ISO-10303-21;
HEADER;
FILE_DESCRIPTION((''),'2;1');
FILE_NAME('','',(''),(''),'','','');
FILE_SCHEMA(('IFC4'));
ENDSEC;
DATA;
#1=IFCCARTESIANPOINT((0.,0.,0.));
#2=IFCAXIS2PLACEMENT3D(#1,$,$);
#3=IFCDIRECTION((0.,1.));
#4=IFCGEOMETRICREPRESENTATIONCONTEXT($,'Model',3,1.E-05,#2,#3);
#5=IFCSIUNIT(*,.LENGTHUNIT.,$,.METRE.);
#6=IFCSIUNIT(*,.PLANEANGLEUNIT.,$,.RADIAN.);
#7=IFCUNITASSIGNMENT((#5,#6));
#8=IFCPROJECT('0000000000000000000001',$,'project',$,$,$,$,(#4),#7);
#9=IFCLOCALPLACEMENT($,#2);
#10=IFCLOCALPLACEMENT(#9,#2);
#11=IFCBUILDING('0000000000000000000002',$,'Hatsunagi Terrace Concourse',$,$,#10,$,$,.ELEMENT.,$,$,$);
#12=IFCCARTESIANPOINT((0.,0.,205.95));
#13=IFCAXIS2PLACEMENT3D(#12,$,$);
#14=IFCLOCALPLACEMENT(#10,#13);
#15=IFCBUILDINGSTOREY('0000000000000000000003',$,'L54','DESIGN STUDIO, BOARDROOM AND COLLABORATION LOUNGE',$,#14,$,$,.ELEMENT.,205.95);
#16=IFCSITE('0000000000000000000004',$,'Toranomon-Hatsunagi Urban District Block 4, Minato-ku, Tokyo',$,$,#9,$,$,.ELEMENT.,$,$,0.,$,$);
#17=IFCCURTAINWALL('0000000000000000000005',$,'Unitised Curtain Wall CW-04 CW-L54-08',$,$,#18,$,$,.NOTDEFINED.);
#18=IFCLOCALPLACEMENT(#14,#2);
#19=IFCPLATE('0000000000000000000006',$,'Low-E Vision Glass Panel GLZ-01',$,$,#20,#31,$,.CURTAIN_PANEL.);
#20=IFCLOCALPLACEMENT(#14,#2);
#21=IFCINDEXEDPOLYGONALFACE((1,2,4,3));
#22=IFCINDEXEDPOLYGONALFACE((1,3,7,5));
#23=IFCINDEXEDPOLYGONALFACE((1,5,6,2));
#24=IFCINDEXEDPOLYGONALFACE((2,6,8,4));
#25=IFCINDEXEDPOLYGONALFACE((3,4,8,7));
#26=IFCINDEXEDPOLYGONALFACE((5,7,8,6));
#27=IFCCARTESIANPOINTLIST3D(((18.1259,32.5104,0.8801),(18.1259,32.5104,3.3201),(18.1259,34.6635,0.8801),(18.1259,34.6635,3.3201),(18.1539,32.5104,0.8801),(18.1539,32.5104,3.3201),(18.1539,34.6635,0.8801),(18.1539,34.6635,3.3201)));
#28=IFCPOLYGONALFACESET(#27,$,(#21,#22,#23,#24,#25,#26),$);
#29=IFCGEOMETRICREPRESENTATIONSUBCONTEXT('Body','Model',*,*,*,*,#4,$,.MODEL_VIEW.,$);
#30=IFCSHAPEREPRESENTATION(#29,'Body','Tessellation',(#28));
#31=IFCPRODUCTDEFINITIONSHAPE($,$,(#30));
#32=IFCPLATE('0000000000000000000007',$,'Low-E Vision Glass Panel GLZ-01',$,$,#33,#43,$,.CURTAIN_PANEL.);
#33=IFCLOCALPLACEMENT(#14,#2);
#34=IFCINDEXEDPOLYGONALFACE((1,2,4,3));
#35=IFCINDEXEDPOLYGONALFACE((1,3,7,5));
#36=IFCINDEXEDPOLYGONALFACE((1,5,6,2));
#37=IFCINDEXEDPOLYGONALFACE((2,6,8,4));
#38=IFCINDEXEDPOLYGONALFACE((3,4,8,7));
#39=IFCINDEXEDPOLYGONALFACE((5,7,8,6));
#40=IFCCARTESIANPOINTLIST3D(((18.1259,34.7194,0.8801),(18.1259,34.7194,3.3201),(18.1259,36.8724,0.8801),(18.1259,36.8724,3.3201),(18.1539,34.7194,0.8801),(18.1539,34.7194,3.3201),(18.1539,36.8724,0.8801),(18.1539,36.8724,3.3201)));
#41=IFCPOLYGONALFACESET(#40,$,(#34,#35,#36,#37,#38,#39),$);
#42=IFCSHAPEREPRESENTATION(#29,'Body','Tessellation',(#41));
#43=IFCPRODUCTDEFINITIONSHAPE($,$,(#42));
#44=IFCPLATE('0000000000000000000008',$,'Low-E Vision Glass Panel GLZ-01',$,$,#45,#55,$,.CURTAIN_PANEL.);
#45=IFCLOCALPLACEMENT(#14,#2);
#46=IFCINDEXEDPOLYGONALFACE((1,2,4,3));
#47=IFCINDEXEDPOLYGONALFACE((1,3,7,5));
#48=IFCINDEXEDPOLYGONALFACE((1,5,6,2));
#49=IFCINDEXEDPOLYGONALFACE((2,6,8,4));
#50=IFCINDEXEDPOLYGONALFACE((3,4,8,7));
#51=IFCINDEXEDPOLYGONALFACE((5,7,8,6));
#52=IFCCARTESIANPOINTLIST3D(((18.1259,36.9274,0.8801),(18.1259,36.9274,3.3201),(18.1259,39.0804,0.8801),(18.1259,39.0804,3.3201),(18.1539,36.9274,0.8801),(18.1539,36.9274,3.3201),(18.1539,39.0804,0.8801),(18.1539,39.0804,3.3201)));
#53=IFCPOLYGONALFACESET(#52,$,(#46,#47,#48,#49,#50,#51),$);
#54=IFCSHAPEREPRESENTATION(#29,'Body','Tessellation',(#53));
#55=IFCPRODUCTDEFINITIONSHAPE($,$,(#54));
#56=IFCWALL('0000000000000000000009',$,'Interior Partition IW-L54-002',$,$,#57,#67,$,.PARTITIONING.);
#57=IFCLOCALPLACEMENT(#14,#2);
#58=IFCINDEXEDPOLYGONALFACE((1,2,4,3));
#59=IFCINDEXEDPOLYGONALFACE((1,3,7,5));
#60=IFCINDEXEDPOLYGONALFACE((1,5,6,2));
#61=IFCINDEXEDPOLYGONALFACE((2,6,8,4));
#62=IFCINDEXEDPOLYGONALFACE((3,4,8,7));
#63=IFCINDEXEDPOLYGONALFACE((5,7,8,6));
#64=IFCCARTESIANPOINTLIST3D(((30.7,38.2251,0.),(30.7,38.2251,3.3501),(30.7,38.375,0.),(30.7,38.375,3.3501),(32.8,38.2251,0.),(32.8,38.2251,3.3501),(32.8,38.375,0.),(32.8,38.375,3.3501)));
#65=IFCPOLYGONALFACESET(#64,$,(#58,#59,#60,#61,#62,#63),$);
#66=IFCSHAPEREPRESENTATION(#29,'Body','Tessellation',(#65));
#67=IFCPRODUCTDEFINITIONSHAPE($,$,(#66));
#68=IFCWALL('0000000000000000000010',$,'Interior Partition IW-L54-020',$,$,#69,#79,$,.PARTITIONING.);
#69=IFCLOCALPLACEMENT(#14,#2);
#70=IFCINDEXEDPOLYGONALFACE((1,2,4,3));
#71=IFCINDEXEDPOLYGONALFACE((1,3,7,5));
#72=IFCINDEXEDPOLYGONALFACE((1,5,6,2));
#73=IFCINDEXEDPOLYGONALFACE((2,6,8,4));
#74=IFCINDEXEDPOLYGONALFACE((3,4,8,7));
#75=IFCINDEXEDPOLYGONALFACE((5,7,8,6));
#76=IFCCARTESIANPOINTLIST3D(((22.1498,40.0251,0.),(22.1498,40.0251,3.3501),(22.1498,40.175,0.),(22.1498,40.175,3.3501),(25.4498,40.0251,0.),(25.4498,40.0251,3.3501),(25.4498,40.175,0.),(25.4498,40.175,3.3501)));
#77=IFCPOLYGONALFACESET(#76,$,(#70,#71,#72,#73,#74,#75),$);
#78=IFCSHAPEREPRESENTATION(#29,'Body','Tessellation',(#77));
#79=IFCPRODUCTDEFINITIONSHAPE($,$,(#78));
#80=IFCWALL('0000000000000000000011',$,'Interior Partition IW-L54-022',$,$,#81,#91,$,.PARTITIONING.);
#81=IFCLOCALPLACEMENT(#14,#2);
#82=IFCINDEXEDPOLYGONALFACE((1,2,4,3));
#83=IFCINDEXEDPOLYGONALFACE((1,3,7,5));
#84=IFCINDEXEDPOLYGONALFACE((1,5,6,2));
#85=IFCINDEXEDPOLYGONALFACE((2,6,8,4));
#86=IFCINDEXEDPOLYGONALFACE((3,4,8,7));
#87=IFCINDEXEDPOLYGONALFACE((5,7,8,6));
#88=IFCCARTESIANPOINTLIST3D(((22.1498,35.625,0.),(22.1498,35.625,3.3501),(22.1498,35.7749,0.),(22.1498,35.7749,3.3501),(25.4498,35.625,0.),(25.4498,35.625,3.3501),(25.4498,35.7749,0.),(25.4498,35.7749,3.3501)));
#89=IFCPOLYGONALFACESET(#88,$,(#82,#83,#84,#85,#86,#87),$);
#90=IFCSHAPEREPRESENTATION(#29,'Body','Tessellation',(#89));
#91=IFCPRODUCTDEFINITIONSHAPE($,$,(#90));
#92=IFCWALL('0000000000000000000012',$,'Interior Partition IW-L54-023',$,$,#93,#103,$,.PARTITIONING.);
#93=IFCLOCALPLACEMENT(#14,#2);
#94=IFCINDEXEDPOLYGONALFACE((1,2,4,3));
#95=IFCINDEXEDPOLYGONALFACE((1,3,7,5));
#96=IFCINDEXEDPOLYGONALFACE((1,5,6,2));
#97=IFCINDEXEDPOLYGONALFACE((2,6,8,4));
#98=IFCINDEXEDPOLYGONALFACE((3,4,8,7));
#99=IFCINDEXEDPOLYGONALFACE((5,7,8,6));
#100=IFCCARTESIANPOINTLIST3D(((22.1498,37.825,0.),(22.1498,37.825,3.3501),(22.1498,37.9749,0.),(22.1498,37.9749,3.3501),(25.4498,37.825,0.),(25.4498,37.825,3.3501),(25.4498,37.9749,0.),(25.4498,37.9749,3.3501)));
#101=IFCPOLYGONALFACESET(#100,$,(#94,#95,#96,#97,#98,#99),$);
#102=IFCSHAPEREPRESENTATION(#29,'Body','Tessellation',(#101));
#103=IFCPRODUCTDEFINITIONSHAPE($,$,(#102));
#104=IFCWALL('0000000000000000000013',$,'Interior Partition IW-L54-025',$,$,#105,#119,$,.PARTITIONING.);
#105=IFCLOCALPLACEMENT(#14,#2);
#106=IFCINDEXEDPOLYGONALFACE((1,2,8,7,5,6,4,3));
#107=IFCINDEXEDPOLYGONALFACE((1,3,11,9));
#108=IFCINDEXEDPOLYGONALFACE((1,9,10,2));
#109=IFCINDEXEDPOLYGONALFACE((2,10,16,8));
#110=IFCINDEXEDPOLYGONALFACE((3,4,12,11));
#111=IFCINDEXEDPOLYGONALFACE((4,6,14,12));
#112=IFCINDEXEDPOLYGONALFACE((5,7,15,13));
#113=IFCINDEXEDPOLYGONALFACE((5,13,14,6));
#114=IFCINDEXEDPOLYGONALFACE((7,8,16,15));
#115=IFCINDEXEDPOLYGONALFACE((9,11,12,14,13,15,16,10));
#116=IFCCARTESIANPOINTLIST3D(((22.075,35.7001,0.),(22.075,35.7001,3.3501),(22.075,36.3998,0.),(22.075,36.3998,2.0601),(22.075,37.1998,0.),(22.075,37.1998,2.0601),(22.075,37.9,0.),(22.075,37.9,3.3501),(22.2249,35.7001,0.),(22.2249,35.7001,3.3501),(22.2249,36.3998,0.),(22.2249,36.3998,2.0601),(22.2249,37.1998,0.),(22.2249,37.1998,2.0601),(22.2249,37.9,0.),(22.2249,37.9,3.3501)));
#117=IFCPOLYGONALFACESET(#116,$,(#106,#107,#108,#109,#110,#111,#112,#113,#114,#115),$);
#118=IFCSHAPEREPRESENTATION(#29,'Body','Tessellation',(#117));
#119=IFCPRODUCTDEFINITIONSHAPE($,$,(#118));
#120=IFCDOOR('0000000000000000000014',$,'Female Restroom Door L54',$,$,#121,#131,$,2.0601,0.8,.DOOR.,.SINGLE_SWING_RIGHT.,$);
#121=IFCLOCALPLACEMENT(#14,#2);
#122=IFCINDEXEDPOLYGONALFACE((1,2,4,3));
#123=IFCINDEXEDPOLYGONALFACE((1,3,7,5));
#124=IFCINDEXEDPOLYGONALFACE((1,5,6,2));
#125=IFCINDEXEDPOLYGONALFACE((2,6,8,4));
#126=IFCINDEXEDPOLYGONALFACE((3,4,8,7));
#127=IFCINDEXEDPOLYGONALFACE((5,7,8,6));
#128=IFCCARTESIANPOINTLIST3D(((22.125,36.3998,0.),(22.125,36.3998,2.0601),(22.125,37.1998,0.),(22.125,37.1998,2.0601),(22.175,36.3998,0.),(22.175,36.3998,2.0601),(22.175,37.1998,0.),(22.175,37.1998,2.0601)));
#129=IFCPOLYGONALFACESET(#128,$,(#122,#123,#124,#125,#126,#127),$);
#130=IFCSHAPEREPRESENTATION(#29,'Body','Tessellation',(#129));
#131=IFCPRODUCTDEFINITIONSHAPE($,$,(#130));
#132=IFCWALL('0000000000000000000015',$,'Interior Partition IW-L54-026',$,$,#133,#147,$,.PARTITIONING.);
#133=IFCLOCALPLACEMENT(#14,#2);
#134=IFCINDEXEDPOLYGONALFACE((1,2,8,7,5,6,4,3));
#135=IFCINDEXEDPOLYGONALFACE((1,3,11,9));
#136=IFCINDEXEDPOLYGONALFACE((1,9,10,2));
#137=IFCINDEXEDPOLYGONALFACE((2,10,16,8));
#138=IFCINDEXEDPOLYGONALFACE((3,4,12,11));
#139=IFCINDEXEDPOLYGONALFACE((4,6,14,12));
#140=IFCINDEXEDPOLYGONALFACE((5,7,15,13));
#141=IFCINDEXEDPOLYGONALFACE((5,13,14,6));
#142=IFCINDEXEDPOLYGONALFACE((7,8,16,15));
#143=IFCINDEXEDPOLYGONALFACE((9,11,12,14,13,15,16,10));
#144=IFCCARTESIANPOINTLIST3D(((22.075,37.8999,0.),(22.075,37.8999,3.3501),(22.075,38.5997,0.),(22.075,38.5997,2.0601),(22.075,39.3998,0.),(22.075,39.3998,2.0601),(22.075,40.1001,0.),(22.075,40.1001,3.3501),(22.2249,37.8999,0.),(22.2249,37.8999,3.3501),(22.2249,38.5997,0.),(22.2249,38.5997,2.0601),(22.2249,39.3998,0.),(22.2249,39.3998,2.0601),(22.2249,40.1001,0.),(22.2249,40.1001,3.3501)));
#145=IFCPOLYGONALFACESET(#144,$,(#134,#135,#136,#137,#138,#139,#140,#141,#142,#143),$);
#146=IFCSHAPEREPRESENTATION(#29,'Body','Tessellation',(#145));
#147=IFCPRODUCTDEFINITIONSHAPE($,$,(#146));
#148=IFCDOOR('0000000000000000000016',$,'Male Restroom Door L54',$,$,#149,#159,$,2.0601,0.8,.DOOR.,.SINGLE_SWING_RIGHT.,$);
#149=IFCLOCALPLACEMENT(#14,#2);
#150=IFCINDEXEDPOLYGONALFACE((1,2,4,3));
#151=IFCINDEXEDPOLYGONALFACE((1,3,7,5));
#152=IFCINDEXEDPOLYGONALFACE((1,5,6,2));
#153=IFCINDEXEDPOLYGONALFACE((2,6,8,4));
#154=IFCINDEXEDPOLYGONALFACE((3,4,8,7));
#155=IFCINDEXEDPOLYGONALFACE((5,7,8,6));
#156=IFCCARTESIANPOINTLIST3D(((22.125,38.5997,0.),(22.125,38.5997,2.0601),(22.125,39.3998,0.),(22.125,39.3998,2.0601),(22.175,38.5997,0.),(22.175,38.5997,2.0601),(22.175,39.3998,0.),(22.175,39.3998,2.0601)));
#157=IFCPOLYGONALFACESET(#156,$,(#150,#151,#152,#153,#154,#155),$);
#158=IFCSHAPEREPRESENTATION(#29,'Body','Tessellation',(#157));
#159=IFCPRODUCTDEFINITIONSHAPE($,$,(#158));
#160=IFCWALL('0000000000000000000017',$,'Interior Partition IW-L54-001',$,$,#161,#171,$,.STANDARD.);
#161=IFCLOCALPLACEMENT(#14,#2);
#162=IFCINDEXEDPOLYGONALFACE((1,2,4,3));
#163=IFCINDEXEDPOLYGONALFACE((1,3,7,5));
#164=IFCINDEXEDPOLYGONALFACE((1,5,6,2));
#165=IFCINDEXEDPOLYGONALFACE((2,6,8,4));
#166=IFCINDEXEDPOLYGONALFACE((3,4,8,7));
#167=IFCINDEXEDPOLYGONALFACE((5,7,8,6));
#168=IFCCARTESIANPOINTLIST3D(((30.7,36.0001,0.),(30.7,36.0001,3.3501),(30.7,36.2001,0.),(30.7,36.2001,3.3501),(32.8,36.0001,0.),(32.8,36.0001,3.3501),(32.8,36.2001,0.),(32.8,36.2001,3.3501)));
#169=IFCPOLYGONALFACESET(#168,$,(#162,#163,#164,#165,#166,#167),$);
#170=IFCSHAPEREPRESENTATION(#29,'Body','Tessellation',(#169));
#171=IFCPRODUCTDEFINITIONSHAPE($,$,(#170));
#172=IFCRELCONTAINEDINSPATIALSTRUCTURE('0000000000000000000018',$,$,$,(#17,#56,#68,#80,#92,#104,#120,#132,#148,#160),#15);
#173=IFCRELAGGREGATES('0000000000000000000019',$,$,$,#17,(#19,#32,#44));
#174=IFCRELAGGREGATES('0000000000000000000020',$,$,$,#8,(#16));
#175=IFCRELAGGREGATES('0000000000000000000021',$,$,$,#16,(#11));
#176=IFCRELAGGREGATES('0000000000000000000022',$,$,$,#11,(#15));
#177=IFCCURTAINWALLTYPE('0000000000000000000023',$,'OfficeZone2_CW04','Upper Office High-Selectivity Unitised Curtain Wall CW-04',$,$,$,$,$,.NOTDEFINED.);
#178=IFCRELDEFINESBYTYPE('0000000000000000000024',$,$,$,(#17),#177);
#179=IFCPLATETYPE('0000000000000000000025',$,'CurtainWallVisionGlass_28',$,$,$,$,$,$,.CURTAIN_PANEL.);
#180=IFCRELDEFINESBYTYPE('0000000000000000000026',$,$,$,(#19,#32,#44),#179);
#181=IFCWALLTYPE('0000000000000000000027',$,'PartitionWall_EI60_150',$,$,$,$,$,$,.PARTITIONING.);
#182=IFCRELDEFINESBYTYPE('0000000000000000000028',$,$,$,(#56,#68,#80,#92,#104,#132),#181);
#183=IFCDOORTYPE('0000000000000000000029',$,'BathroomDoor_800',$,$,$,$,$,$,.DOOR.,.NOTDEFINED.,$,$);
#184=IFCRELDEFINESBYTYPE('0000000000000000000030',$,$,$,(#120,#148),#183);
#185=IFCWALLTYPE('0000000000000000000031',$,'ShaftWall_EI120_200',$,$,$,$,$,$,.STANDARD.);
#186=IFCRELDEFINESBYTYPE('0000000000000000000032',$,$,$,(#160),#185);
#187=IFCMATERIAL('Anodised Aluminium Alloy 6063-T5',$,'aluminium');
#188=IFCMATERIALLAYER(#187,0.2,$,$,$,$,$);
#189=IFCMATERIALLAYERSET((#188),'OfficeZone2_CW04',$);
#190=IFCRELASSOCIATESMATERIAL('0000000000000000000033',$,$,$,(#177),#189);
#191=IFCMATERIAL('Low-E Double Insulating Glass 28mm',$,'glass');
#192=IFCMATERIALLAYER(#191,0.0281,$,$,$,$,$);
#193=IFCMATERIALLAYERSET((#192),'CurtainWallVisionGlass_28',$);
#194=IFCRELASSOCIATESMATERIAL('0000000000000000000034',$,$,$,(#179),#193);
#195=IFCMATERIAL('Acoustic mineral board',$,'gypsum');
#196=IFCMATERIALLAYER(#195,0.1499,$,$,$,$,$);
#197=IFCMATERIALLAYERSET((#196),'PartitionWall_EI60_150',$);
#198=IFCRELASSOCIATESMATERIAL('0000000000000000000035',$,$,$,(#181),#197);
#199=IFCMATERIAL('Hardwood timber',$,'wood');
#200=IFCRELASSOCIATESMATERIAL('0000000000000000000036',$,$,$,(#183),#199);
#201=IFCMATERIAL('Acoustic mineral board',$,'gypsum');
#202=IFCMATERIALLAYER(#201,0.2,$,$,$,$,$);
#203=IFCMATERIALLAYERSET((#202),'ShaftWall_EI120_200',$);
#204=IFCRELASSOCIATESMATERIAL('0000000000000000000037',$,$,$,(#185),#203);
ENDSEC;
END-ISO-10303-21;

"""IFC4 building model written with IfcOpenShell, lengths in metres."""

from ifc_helpers import new_model, si_unit, direction, frame, frame_2d, origin, origin_2d, place, context, subcontext, project, spatial, rectangle, extrude, material, layer, layer_set, type_object, element, fill, aggregate, save


model = new_model("IFC4")

# Units and contexts
model_context = context("Model", 3, precision=1e-05, world=origin(), true_north=direction((0.0, 1.0)))
body_context = subcontext(model_context, "Body", "Model", "MODEL_VIEW")
ifc_project = project(units=[si_unit("LENGTHUNIT", "METRE"), si_unit("PLANEANGLEUNIT", "RADIAN")], contexts=[model_context])

# Site, building, storey
site_placement = place(None, origin())
site = spatial("IfcSite", under=ifc_project, at=site_placement, Name="Toranomon-Hatsunagi Urban District Block 4, Minato-ku, Tokyo", CompositionType="ELEMENT", RefElevation=0.0)
building_placement = place(site_placement, origin())
building = spatial("IfcBuilding", under=site, at=building_placement, Name="Hatsunagi Terrace Concourse", CompositionType="ELEMENT")
storey_placement = place(building_placement, frame((0.0, 0.0, 205.95)))
storey = spatial("IfcBuildingStorey", under=building, at=storey_placement, Name="L54", Description="DESIGN STUDIO, BOARDROOM AND COLLABORATION LOUNGE", CompositionType="ELEMENT", Elevation=205.95)

# Curtain wall
ifc_material_1 = material(Name="Anodised Aluminium Alloy 6063-T5", Category="aluminium")
ifc_layer_1 = layer(ifc_material_1, 0.2)
ifc_layer_set_1 = layer_set([ifc_layer_1], Name="OfficeZone2_CW04")
curtain_wall_type = type_object("IfcCurtainWallType", Name="OfficeZone2_CW04", Description="Upper Office High-Selectivity Unitised Curtain Wall CW-04", PredefinedType="NOTDEFINED", material=ifc_layer_set_1)
curtain_wall_placement = place(storey_placement, origin())
curtain_wall = element("IfcCurtainWall", 1, at=curtain_wall_placement, inside=storey, type_object=curtain_wall_type, Name="Unitised Curtain Wall CW-04 CW-L54-08", PredefinedType="NOTDEFINED")

# Plates
ifc_material_2 = material(Name="Low-E Double Insulating Glass 28mm", Category="glass")
ifc_layer_2 = layer(ifc_material_2, 0.0281)
ifc_layer_set_2 = layer_set([ifc_layer_2], Name="CurtainWallVisionGlass_28")
plate_type_1 = type_object("IfcPlateType", Name="CurtainWallVisionGlass_28", PredefinedType="CURTAIN_PANEL", material=ifc_layer_set_2)
plate_1_placement = place(storey_placement, frame((18.1399, 33.5869, 0.8801), z_axis=(0.0, 0.0, 1.0), x_axis=(0.0, 1.0, 0.0)))
plate_1 = element("IfcPlate", 2, at=plate_1_placement, type_object=plate_type_1, Name="Low-E Vision Glass Panel GLZ-01", PredefinedType="CURTAIN_PANEL", context=body_context, shape_type="SweptSolid", body=[
    extrude(rectangle(XDim=2.1531, YDim=0.0281, at=origin_2d()), origin(), (0.0, 0.0, 1.0), 2.4399),
])
plate_2_placement = place(storey_placement, frame((18.1399, 35.7959, 0.8801), z_axis=(0.0, 0.0, 1.0), x_axis=(0.0, 1.0, 0.0)))
plate_2 = element("IfcPlate", 3, at=plate_2_placement, type_object=plate_type_1, Name="Low-E Vision Glass Panel GLZ-01", PredefinedType="CURTAIN_PANEL", context=body_context, shape_type="SweptSolid", body=[
    extrude(rectangle(XDim=2.1531, YDim=0.0281, at=origin_2d()), origin(), (0.0, 0.0, 1.0), 2.4399),
])
plate_3_placement = place(storey_placement, frame((18.1399, 38.0039, 0.8801), z_axis=(0.0, 0.0, 1.0), x_axis=(0.0, 1.0, 0.0)))
plate_3 = element("IfcPlate", 4, at=plate_3_placement, type_object=plate_type_1, Name="Low-E Vision Glass Panel GLZ-01", PredefinedType="CURTAIN_PANEL", context=body_context, shape_type="SweptSolid", body=[
    extrude(rectangle(XDim=2.1531, YDim=0.0281, at=origin_2d()), origin(), (0.0, 0.0, 1.0), 2.4399),
])
aggregate(curtain_wall, [plate_1, plate_2, plate_3])

# Walls
ifc_material_3 = material(Name="Acoustic mineral board", Category="gypsum")
ifc_layer_3 = layer(ifc_material_3, 0.1499)
ifc_layer_set_3 = layer_set([ifc_layer_3], Name="PartitionWall_EI60_150")
wall_type_1 = type_object("IfcWallType", Name="PartitionWall_EI60_150", PredefinedType="PARTITIONING", material=ifc_layer_set_3)
wall_1_placement = place(storey_placement, frame((30.7, 38.3, 0.0), z_axis=(0.0, 0.0, 1.0), x_axis=(1.0, 0.0, 0.0)))
element("IfcWall", 5, at=wall_1_placement, inside=storey, type_object=wall_type_1, Name="Interior Partition IW-L54-002", PredefinedType="PARTITIONING", context=body_context, shape_type="SweptSolid", body=[
    extrude(rectangle(XDim=2.1001, YDim=0.1499, at=frame_2d((1.05, 0.0))), origin(), (0.0, 0.0, 1.0), 3.3501),
])
for number, where, z_axis, x_axis, name in (
    (6, (22.1499, 40.1001, 0.0), (0.0, 0.0, 1.0), (1.0, 0.0, 0.0), "Interior Partition IW-L54-020"),
    (7, (22.1499, 35.7, 0.0), (0.0, 0.0, 1.0), (1.0, 0.0, 0.0), "Interior Partition IW-L54-022"),
    (8, (22.1499, 37.8999, 0.0), (0.0, 0.0, 1.0), (1.0, 0.0, 0.0), "Interior Partition IW-L54-023"),
):
    element("IfcWall", number, at=place(storey_placement, frame(where, z_axis=z_axis, x_axis=x_axis)), inside=storey, type_object=wall_type_1, Name=name, PredefinedType="PARTITIONING", context=body_context, shape_type="SweptSolid", body=[
        extrude(rectangle(XDim=3.3, YDim=0.1499, at=frame_2d((1.6499, 0.0))), origin(), (0.0, 0.0, 1.0), 3.3501),
    ])

# Walls, openings, doors
wall_2_placement = place(storey_placement, frame((22.1499, 35.7, 0.0), z_axis=(0.0, 0.0, 1.0), x_axis=(0.0, 1.0, 0.0)))
wall_2 = element("IfcWall", 9, at=wall_2_placement, inside=storey, type_object=wall_type_1, Name="Interior Partition IW-L54-025", PredefinedType="PARTITIONING", context=body_context, shape_type="SweptSolid", body=[
    extrude(rectangle(XDim=2.2, YDim=0.1499, at=frame_2d((1.1001, 0.0))), origin(), (0.0, 0.0, 1.0), 3.3501),
])
opening_1_placement = place(wall_2_placement, frame((0.7, 0.0, 0.0)))
opening_1 = element("IfcOpeningElement", 10, at=opening_1_placement, cuts=wall_2, PredefinedType="OPENING", context=body_context, shape_type="SweptSolid", body=[
    extrude(rectangle(XDim=0.8, YDim=2.0601, at=frame_2d((0.3999, 1.03))), frame((0.0, 0.085, 0.0), z_axis=(0.0, -1.0, 0.0), x_axis=(1.0, 0.0, 0.0)), (0.0, 0.0, 1.0), 0.1699),
])
ifc_material_4 = material(Name="Hardwood timber", Category="wood")
door_type = type_object("IfcDoorType", Name="BathroomDoor_800", OperationType="NOTDEFINED", PredefinedType="DOOR", material=ifc_material_4)
door_1_placement = place(opening_1_placement, origin())
door_1 = element("IfcDoor", 11, at=door_1_placement, inside=storey, type_object=door_type, Name="Female Restroom Door L54", OperationType="SINGLE_SWING_RIGHT", OverallHeight=2.0601, OverallWidth=0.8, PredefinedType="DOOR", context=body_context, shape_type="SweptSolid", body=[
    extrude(rectangle(XDim=0.8, YDim=2.0601, at=frame_2d((0.3999, 1.03))), frame((0.0, 0.0249, 0.0), z_axis=(0.0, -1.0, 0.0), x_axis=(1.0, 0.0, 0.0)), (0.0, 0.0, 1.0), 0.05),
])
fill(opening_1, door_1)
wall_3_placement = place(storey_placement, frame((22.1499, 37.8999, 0.0), z_axis=(0.0, 0.0, 1.0), x_axis=(0.0, 1.0, 0.0)))
wall_3 = element("IfcWall", 12, at=wall_3_placement, inside=storey, type_object=wall_type_1, Name="Interior Partition IW-L54-026", PredefinedType="PARTITIONING", context=body_context, shape_type="SweptSolid", body=[
    extrude(rectangle(XDim=2.2002, YDim=0.1499, at=frame_2d((1.1001, 0.0))), origin(), (0.0, 0.0, 1.0), 3.3501),
])
opening_2_placement = place(wall_3_placement, frame((0.7, 0.0, 0.0)))
opening_2 = element("IfcOpeningElement", 13, at=opening_2_placement, cuts=wall_3, PredefinedType="OPENING", context=body_context, shape_type="SweptSolid", body=[
    extrude(rectangle(XDim=0.8, YDim=2.0601, at=frame_2d((0.3999, 1.03))), frame((0.0, 0.085, 0.0), z_axis=(0.0, -1.0, 0.0), x_axis=(1.0, 0.0, 0.0)), (0.0, 0.0, 1.0), 0.1699),
])
door_2_placement = place(opening_2_placement, origin())
door_2 = element("IfcDoor", 14, at=door_2_placement, inside=storey, type_object=door_type, Name="Male Restroom Door L54", OperationType="SINGLE_SWING_RIGHT", OverallHeight=2.0601, OverallWidth=0.8, PredefinedType="DOOR", context=body_context, shape_type="SweptSolid", body=[
    extrude(rectangle(XDim=0.8, YDim=2.0601, at=frame_2d((0.3999, 1.03))), frame((0.0, 0.0249, 0.0), z_axis=(0.0, -1.0, 0.0), x_axis=(1.0, 0.0, 0.0)), (0.0, 0.0, 1.0), 0.05),
])
fill(opening_2, door_2)

# Wall
ifc_material_5 = material(Name="Acoustic mineral board", Category="gypsum")
ifc_layer_4 = layer(ifc_material_5, 0.2)
ifc_layer_set_4 = layer_set([ifc_layer_4], Name="ShaftWall_EI120_200")
wall_type_2 = type_object("IfcWallType", Name="ShaftWall_EI120_200", PredefinedType="STANDARD", material=ifc_layer_set_4)
wall_4_placement = place(storey_placement, frame((30.7, 36.1001, 0.0), z_axis=(0.0, 0.0, 1.0), x_axis=(1.0, 0.0, 0.0)))
element("IfcWall", 15, at=wall_4_placement, inside=storey, type_object=wall_type_2, Name="Interior Partition IW-L54-001", PredefinedType="STANDARD", context=body_context, shape_type="SweptSolid", body=[
    extrude(rectangle(XDim=2.1001, YDim=0.2, at=frame_2d((1.05, 0.0))), origin(), (0.0, 0.0, 1.0), 3.3501),
])

save(model, "model.ifc")
